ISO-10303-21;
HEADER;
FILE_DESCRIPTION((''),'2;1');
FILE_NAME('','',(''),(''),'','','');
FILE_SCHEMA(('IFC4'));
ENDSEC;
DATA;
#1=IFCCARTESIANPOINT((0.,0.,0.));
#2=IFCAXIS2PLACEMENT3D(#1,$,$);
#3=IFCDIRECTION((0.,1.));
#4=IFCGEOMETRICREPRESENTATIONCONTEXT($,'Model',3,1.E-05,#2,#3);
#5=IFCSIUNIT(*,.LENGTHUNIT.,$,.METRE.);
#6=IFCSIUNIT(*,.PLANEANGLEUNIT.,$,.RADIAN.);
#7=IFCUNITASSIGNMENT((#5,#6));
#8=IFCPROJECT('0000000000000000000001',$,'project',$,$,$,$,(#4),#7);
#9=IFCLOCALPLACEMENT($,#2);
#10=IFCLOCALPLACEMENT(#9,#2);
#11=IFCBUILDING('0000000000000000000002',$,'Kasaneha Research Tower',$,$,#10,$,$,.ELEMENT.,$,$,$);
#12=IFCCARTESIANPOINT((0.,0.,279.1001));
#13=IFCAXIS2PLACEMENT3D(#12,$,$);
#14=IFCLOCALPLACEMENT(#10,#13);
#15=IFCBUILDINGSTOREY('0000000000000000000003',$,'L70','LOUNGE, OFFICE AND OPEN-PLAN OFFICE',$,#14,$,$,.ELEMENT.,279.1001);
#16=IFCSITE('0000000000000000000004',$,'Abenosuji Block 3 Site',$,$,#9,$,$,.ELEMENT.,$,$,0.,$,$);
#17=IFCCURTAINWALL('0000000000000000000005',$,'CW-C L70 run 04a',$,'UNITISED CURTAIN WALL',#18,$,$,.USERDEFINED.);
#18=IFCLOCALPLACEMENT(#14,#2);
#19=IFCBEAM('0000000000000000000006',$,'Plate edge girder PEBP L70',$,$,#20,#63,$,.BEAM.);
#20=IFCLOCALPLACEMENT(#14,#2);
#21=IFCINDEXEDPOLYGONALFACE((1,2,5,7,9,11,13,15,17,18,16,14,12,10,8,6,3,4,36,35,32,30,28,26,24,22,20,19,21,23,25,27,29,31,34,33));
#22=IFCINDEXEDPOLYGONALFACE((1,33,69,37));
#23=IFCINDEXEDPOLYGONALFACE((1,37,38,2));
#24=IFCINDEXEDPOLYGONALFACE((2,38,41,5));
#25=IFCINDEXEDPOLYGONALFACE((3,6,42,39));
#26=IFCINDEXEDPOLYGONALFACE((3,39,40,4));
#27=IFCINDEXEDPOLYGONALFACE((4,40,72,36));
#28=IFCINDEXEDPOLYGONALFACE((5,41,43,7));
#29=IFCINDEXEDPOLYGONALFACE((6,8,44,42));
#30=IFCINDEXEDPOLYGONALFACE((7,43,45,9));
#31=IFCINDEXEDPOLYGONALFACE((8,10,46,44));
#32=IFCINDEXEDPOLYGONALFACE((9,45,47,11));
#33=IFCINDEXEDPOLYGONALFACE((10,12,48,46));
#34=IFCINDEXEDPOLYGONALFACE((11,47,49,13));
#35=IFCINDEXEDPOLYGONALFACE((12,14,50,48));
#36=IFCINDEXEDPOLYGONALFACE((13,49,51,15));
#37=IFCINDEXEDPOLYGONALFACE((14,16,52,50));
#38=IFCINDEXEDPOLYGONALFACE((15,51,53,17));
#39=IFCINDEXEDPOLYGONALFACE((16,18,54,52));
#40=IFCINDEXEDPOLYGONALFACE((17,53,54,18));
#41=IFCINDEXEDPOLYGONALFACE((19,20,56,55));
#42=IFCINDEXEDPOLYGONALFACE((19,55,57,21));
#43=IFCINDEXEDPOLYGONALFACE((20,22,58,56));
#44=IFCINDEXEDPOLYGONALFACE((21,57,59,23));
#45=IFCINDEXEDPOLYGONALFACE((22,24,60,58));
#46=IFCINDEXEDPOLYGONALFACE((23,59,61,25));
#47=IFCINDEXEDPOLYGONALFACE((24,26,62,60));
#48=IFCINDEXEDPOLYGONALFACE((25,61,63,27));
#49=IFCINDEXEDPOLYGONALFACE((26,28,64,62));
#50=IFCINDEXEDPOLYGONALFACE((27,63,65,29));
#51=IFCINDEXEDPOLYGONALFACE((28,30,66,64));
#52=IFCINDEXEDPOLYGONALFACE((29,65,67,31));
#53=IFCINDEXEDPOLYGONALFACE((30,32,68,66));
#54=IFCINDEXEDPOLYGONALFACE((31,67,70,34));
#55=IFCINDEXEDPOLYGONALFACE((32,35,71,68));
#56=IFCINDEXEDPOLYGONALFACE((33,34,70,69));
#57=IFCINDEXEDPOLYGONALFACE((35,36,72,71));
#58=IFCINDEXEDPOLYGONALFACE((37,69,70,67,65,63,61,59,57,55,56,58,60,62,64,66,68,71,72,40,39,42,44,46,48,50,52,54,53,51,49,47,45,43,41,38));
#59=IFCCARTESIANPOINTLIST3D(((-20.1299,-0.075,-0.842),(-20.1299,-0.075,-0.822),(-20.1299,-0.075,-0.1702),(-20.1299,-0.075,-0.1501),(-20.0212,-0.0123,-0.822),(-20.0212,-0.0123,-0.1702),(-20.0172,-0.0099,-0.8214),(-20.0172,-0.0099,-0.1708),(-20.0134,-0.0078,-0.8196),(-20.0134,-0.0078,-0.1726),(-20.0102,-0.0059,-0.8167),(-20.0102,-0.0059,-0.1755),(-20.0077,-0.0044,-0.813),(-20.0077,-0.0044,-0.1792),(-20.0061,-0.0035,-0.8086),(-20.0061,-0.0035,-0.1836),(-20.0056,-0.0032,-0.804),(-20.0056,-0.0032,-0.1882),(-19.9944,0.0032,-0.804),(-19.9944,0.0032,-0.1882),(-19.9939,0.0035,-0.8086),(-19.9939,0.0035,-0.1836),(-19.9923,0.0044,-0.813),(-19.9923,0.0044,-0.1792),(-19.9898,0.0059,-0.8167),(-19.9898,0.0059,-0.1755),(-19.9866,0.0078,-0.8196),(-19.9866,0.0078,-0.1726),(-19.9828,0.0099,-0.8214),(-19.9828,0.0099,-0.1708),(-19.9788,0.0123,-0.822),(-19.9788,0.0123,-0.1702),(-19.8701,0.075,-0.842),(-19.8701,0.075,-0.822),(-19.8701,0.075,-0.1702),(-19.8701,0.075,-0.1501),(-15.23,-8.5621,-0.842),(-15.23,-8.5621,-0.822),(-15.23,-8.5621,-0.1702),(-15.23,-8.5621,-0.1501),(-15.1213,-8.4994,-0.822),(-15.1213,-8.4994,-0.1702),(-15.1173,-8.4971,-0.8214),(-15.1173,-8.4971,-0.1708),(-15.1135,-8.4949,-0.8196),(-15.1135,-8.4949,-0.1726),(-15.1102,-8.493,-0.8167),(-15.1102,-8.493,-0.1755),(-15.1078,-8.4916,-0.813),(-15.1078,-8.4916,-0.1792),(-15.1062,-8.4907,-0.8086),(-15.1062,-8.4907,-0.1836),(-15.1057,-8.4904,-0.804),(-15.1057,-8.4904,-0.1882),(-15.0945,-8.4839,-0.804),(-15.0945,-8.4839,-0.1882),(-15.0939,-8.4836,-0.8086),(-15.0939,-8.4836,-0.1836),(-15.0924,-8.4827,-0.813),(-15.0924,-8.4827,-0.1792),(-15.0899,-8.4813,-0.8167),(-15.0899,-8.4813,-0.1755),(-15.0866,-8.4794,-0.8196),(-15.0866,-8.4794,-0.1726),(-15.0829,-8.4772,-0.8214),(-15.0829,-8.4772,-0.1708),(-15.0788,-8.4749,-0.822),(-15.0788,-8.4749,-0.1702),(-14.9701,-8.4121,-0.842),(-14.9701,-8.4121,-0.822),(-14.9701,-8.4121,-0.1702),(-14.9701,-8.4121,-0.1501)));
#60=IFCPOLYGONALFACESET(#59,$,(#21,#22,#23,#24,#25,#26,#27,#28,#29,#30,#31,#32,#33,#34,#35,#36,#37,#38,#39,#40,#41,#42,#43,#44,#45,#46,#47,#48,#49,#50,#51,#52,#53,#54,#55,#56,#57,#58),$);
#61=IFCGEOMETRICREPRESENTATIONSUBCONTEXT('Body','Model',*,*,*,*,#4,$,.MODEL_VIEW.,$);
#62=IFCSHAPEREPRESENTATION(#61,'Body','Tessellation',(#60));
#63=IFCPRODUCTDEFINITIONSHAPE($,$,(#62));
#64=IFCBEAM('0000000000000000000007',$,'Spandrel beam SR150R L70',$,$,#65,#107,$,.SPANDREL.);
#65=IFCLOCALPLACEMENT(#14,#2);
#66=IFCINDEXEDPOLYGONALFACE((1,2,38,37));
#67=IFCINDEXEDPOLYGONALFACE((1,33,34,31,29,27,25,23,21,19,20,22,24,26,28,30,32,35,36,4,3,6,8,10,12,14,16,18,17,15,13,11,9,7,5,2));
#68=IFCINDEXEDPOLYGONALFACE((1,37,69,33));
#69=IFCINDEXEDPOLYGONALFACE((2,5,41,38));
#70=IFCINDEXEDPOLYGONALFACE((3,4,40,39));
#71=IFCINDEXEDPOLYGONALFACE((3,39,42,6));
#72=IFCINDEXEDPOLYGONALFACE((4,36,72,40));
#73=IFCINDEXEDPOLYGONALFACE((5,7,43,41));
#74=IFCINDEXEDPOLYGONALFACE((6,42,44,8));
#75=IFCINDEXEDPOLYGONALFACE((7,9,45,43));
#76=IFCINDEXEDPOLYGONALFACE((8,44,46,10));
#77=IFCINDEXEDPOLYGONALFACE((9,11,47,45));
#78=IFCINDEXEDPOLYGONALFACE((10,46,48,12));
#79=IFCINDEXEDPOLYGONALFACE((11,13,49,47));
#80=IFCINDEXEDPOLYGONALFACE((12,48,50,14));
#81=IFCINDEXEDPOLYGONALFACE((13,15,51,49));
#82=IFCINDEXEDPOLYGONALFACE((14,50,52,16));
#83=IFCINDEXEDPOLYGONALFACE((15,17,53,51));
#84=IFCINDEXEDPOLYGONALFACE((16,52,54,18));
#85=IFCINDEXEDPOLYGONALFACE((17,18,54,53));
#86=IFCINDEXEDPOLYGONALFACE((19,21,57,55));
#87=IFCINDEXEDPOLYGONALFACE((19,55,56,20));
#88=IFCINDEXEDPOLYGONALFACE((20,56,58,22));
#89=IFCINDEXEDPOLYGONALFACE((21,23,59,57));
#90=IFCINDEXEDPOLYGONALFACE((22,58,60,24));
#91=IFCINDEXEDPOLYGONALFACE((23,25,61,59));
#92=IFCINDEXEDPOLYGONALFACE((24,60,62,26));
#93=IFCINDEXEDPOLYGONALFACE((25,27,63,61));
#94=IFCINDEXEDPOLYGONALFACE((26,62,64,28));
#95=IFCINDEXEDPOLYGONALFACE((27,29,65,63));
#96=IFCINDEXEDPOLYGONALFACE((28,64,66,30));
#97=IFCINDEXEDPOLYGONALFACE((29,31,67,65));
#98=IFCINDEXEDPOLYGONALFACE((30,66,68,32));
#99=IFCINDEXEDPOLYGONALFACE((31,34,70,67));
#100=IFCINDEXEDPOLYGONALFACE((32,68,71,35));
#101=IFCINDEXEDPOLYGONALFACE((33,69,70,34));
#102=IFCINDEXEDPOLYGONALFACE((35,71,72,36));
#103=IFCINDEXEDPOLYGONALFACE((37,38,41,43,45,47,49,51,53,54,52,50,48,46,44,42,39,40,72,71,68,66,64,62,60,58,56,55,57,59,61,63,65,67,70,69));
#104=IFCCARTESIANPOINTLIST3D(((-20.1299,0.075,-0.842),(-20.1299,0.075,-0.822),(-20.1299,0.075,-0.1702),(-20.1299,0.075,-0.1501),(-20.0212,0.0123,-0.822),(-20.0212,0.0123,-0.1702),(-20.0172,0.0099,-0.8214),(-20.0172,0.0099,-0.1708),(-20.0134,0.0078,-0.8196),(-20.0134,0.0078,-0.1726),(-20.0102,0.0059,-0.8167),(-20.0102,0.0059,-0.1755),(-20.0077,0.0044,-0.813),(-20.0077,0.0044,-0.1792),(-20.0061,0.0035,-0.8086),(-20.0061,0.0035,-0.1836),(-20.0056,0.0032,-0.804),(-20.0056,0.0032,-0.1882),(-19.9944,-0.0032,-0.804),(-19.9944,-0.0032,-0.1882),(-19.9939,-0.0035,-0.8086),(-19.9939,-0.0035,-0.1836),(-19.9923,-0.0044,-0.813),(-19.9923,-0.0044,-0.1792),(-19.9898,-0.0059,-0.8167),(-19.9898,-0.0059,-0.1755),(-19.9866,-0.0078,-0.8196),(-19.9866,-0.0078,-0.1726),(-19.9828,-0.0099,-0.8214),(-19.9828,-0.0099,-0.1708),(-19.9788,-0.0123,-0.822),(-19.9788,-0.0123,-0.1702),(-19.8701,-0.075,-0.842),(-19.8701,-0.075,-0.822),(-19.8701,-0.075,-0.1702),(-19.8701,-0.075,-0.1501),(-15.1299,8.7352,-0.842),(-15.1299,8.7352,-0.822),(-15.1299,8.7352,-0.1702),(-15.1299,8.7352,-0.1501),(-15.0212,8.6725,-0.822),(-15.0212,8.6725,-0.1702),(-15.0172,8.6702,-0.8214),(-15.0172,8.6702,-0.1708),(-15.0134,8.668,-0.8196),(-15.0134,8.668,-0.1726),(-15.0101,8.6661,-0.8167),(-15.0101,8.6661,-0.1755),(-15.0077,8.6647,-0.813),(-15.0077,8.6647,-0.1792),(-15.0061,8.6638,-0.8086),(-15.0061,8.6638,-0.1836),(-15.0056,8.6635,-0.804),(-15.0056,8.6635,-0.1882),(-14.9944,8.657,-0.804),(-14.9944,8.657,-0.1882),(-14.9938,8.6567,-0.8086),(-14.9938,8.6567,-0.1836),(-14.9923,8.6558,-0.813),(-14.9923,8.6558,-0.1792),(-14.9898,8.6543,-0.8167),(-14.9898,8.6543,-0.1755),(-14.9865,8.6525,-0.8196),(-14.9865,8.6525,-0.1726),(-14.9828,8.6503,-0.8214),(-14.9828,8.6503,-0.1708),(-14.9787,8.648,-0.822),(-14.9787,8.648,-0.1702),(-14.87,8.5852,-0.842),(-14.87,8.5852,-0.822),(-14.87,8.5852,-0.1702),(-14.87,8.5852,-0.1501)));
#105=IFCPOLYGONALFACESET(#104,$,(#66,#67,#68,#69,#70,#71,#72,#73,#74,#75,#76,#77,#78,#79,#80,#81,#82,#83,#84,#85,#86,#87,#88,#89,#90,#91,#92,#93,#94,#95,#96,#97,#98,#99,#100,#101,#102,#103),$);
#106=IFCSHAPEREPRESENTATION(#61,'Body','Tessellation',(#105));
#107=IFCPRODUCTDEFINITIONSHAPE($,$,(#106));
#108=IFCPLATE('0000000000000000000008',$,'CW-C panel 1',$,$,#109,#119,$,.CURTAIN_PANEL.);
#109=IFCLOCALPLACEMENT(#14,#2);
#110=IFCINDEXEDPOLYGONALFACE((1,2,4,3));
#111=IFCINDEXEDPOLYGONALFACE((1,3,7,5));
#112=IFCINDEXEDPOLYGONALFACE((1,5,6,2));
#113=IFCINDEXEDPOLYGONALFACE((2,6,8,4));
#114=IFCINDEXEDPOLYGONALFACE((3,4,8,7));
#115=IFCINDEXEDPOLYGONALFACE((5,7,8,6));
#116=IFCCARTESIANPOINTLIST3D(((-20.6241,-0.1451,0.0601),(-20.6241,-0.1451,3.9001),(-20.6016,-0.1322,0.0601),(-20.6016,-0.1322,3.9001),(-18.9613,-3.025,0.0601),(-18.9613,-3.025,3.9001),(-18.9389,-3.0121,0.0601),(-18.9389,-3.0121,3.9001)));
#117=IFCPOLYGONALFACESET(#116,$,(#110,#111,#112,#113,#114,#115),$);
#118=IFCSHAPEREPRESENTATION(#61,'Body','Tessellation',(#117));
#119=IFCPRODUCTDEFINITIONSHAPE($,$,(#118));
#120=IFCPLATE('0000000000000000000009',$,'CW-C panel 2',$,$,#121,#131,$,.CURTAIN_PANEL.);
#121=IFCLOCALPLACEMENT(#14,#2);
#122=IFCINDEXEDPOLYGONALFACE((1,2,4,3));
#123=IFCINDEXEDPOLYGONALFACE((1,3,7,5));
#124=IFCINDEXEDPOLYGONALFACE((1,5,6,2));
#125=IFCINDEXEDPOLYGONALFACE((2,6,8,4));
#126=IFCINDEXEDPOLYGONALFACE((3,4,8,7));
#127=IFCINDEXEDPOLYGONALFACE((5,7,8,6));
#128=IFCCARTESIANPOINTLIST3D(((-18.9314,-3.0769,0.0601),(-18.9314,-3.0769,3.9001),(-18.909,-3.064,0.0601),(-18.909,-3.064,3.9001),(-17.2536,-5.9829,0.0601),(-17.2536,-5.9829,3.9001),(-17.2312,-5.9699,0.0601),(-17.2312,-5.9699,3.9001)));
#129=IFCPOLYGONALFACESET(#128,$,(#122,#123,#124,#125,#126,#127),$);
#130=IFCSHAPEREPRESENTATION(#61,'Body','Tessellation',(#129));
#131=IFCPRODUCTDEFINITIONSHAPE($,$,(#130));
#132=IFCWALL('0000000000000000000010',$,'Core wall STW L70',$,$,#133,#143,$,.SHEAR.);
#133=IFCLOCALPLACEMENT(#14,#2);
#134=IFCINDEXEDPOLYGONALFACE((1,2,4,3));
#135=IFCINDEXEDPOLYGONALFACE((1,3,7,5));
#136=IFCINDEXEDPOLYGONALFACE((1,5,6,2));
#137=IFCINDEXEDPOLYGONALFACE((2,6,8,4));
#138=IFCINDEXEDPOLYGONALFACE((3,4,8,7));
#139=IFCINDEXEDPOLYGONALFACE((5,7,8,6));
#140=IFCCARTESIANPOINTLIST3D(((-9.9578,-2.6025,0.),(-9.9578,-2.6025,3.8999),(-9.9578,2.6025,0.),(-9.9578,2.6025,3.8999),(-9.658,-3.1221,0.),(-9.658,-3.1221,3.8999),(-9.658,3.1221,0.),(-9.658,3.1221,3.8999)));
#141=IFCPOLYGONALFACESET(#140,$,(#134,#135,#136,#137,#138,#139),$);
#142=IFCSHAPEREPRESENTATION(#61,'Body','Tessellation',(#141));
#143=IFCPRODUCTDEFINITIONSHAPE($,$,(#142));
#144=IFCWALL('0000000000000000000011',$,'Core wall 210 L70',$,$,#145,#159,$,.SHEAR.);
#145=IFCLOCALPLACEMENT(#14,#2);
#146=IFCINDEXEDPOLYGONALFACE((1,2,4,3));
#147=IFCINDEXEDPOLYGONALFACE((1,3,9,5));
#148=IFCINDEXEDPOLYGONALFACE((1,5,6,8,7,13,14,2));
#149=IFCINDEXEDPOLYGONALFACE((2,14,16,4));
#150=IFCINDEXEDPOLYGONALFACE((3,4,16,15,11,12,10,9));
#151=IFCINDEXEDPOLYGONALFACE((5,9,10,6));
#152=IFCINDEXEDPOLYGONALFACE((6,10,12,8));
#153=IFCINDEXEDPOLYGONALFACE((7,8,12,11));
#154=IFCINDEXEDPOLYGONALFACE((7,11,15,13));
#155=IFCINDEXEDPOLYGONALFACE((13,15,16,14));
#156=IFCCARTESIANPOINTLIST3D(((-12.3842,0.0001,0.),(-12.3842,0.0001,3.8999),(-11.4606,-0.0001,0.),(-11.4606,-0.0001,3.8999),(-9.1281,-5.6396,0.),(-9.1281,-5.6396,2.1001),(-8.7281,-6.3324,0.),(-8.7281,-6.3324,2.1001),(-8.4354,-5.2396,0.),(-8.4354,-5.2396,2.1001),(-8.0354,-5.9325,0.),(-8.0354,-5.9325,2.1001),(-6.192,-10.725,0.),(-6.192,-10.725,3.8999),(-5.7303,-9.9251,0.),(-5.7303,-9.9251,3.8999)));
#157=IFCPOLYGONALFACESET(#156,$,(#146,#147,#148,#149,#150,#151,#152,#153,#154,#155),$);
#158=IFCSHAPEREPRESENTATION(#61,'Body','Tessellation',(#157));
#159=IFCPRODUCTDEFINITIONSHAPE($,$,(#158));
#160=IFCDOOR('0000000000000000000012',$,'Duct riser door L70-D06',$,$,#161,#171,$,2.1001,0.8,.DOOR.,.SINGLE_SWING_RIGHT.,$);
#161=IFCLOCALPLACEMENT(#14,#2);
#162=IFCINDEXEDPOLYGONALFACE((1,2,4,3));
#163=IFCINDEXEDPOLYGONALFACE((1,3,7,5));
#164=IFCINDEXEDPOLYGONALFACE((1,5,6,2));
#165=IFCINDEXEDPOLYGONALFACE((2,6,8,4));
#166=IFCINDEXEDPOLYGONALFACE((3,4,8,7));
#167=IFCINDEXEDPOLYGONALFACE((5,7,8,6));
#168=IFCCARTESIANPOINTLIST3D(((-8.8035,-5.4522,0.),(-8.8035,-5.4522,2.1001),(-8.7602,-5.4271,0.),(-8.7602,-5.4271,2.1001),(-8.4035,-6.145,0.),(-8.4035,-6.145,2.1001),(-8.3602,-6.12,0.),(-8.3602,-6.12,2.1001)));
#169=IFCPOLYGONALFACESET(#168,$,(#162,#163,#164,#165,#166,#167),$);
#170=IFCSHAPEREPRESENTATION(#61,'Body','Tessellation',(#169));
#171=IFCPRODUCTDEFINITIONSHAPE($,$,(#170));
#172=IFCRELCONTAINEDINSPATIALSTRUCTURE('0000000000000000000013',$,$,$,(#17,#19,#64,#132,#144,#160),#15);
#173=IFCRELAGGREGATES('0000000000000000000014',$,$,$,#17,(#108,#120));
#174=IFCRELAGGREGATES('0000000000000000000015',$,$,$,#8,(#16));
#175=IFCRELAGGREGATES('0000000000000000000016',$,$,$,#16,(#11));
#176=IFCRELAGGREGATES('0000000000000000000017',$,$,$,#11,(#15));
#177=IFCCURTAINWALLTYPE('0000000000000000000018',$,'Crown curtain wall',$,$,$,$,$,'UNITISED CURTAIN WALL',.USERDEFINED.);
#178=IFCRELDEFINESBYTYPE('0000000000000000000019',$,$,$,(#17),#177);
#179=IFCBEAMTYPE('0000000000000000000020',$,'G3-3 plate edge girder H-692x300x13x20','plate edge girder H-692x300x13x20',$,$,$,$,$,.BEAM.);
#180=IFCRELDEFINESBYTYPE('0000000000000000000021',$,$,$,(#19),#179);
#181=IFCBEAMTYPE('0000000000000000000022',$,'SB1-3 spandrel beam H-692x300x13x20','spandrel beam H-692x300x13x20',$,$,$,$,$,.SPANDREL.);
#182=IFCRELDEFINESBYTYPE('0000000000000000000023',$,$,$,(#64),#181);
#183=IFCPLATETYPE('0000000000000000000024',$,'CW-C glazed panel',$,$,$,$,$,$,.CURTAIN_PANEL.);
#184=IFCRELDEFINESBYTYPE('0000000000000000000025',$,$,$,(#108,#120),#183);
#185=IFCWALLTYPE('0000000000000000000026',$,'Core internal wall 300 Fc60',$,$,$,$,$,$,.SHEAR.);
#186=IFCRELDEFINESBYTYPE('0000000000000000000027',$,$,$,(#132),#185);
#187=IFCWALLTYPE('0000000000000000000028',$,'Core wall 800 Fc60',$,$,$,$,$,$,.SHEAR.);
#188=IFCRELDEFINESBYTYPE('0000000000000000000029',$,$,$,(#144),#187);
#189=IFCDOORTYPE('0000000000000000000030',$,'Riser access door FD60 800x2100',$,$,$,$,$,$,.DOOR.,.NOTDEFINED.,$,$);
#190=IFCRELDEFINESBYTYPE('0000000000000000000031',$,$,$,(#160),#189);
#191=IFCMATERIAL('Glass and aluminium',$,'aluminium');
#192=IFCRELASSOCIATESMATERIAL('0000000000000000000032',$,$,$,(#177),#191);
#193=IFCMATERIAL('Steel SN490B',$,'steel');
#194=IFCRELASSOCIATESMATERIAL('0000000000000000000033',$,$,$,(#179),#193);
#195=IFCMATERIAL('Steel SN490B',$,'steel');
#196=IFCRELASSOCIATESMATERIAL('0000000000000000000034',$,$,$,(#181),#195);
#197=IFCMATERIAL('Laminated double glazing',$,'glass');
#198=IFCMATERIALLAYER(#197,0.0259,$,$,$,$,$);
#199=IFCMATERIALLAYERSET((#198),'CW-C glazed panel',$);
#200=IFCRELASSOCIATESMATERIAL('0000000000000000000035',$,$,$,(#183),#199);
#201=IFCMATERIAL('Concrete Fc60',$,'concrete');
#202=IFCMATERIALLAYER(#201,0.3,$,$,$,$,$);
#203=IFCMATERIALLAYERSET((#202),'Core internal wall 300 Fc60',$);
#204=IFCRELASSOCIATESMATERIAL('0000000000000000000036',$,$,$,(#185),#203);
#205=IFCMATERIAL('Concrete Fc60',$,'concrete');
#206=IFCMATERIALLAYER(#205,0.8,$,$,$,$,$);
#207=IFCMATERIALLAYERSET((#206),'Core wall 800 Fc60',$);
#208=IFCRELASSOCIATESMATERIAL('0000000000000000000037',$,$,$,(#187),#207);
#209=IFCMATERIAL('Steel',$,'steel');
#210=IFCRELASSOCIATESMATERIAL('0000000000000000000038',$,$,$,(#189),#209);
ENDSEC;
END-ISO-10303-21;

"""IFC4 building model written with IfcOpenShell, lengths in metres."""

from ifc_helpers import new_model, si_unit, direction, frame, frame_2d, origin, origin_2d, place, context, subcontext, project, spatial, polyline, rectangle, i_section, outline, extrude, material, layer, layer_set, material_profile, profile_set, type_object, element, fill, aggregate, save


model = new_model("IFC4")

# Units and contexts
model_context = context("Model", 3, precision=1e-05, world=origin(), true_north=direction((0.0, 1.0)))
body_context = subcontext(model_context, "Body", "Model", "MODEL_VIEW")
ifc_project = project(units=[si_unit("LENGTHUNIT", "METRE"), si_unit("PLANEANGLEUNIT", "RADIAN")], contexts=[model_context])

# Site, building, storey
site_placement = place(None, origin())
site = spatial("IfcSite", under=ifc_project, at=site_placement, Name="Abenosuji Block 3 Site", CompositionType="ELEMENT", RefElevation=0.0)
building_placement = place(site_placement, origin())
building = spatial("IfcBuilding", under=site, at=building_placement, Name="Kasaneha Research Tower", CompositionType="ELEMENT")
storey_placement = place(building_placement, frame((0.0, 0.0, 279.1001)))
storey = spatial("IfcBuildingStorey", under=building, at=storey_placement, Name="L70", Description="LOUNGE, OFFICE AND OPEN-PLAN OFFICE", CompositionType="ELEMENT", Elevation=279.1001)

# Curtain wall
ifc_material_1 = material(Name="Glass and aluminium", Category="aluminium")
curtain_wall_type = type_object("IfcCurtainWallType", Name="Crown curtain wall", ElementType="UNITISED CURTAIN WALL", PredefinedType="USERDEFINED", material=ifc_material_1)
curtain_wall_placement = place(storey_placement, origin())
curtain_wall = element("IfcCurtainWall", 1, at=curtain_wall_placement, inside=storey, type_object=curtain_wall_type, Name="CW-C L70 run 04a", ObjectType="UNITISED CURTAIN WALL", PredefinedType="USERDEFINED")

# Beams
ifc_material_2 = material(Name="Steel SN490B", Category="steel")
ifc_material_profile_1 = material_profile(ifc_material_2, i_section(OverallWidth=0.3, OverallDepth=0.6919, WebThickness=0.0129, FlangeThickness=0.02, FilletRadius=0.0181, at=origin_2d()), Name="H-692x300x13x20")
ifc_profile_set_1 = profile_set([ifc_material_profile_1], Name="Steel SN490B")
beam_type_1 = type_object("IfcBeamType", Name="G3-3 plate edge girder H-692x300x13x20", Description="plate edge girder H-692x300x13x20", PredefinedType="BEAM", material=ifc_profile_set_1)
beam_1_placement = place(storey_placement, frame((-20.0, 0.0, -0.4961), z_axis=(0.499992, -0.86603, 0.0), x_axis=(0.86603, 0.499992, 0.0)))
element("IfcBeam", 2, at=beam_1_placement, inside=storey, type_object=beam_type_1, Name="Plate edge girder PEBP L70", PredefinedType="BEAM", context=body_context, shape_type="SweptSolid", body=[
    extrude(i_section(OverallWidth=0.3, OverallDepth=0.6919, WebThickness=0.0129, FlangeThickness=0.02, FilletRadius=0.0181, at=origin_2d()), origin(), (0.0, 0.0, 1.0), 9.8),
])
ifc_material_3 = material(Name="Steel SN490B", Category="steel")
ifc_material_profile_2 = material_profile(ifc_material_3, i_section(OverallWidth=0.3, OverallDepth=0.6919, WebThickness=0.0129, FlangeThickness=0.02, FilletRadius=0.0181, at=origin_2d()), Name="H-692x300x13x20")
ifc_profile_set_2 = profile_set([ifc_material_profile_2], Name="Steel SN490B")
beam_type_2 = type_object("IfcBeamType", Name="SB1-3 spandrel beam H-692x300x13x20", Description="spandrel beam H-692x300x13x20", PredefinedType="SPANDREL", material=ifc_profile_set_2)
beam_2_placement = place(storey_placement, frame((-20.0, 0.0, -0.4961), z_axis=(0.500004, 0.866023, 0.0), x_axis=(-0.866023, 0.500004, 0.0)))
element("IfcBeam", 3, at=beam_2_placement, inside=storey, type_object=beam_type_2, Name="Spandrel beam SR150R L70", PredefinedType="SPANDREL", context=body_context, shape_type="SweptSolid", body=[
    extrude(i_section(OverallWidth=0.3, OverallDepth=0.6919, WebThickness=0.0129, FlangeThickness=0.02, FilletRadius=0.0181, at=origin_2d()), origin(), (0.0, 0.0, 1.0), 10.0),
])

# Plates
ifc_material_4 = material(Name="Laminated double glazing", Category="glass")
ifc_layer_1 = layer(ifc_material_4, 0.0259)
ifc_layer_set_1 = layer_set([ifc_layer_1], Name="CW-C glazed panel")
plate_type = type_object("IfcPlateType", Name="CW-C glazed panel", PredefinedType="CURTAIN_PANEL", material=ifc_layer_set_1)
plate_1_placement = place(storey_placement, frame((-19.7815, -1.5786, 0.0601), z_axis=(0.0, 0.0, 1.0), x_axis=(0.5, -0.866025, 0.0)))
plate_1 = element("IfcPlate", 4, at=plate_1_placement, type_object=plate_type, Name="CW-C panel 1", PredefinedType="CURTAIN_PANEL", context=body_context, shape_type="SweptSolid", body=[
    extrude(rectangle(XDim=3.3254, YDim=0.0259, at=origin_2d()), origin(), (0.0, 0.0, 1.0), 3.8401),
])
plate_2_placement = place(storey_placement, frame((-18.0813, -4.5234, 0.0601), z_axis=(0.0, 0.0, 1.0), x_axis=(0.5, -0.866025, 0.0)))
plate_2 = element("IfcPlate", 5, at=plate_2_placement, type_object=plate_type, Name="CW-C panel 2", PredefinedType="CURTAIN_PANEL", context=body_context, shape_type="SweptSolid", body=[
    extrude(rectangle(XDim=3.3555, YDim=0.0259, at=origin_2d()), origin(), (0.0, 0.0, 1.0), 3.8401),
])
aggregate(curtain_wall, [plate_1, plate_2])

# Shared definitions
ifc_material_5 = material(Name="Concrete Fc60", Category="concrete")
ifc_layer_2 = layer(ifc_material_5, 0.3)
ifc_layer_set_2 = layer_set([ifc_layer_2], Name="Core internal wall 300 Fc60")
wall_type_1 = type_object("IfcWallType", Name="Core internal wall 300 Fc60", PredefinedType="SHEAR", material=ifc_layer_set_2)

# Wall
wall_1_placement = place(storey_placement, frame((-9.8079, -2.8623, 0.0), z_axis=(0.0, 0.0, 1.0), x_axis=(0.0, 1.0, 0.0)))
element("IfcWall", 6, at=wall_1_placement, inside=storey, type_object=wall_type_1, Name="Core wall STW L70", PredefinedType="SHEAR", context=body_context, shape_type="SweptSolid", body=[
    extrude(outline(polyline([(-0.2598, -0.1499), (5.9844, -0.1499), (5.4648, 0.1499), (0.2598, 0.1499), (-0.2598, -0.1499)])), origin(), (0.0, 0.0, 1.0), 3.8999),
])

# Wall, opening, door
ifc_material_6 = material(Name="Concrete Fc60", Category="concrete")
ifc_layer_3 = layer(ifc_material_6, 0.8)
ifc_layer_set_3 = layer_set([ifc_layer_3], Name="Core wall 800 Fc60")
wall_type_2 = type_object("IfcWallType", Name="Core wall 800 Fc60", PredefinedType="SHEAR", material=ifc_layer_set_3)
wall_2_placement = place(storey_placement, frame((-11.9224, 0.0, 0.0), z_axis=(0.0, 0.0, 1.0), x_axis=(0.500004, -0.866023, 0.0)))
wall_2 = element("IfcWall", 7, at=wall_2_placement, inside=storey, type_object=wall_type_2, Name="Core wall 210 L70", PredefinedType="SHEAR", context=body_context, shape_type="SweptSolid", body=[
    extrude(outline(polyline([(-0.231, -0.3999), (6.2812, -0.3999), (7.0813, -0.3999), (12.1533, -0.3999), (11.6914, 0.3999), (7.0813, 0.3999), (6.2812, 0.3999), (0.231, 0.3999), (-0.231, -0.3999)])), origin(), (0.0, 0.0, 1.0), 3.8999),
])
opening_1_placement = place(wall_2_placement, frame((6.2812, 0.0, 0.0)))
opening_1 = element("IfcOpeningElement", 8, at=opening_1_placement, cuts=wall_2, PredefinedType="OPENING", context=body_context, shape_type="SweptSolid", body=[
    extrude(rectangle(XDim=0.8, YDim=2.1001, at=frame_2d((0.3999, 1.05))), frame((0.0, 0.4102, 0.0), z_axis=(0.0, -1.0, 0.0), x_axis=(1.0, 0.0, 0.0)), (0.0, 0.0, 1.0), 0.8201),
])
ifc_material_7 = material(Name="Steel", Category="steel")
door_type_1 = type_object("IfcDoorType", Name="Riser access door FD60 800x2100", OperationType="NOTDEFINED", PredefinedType="DOOR", material=ifc_material_7)
door_1_placement = place(opening_1_placement, origin())
door_1 = element("IfcDoor", 9, at=door_1_placement, inside=storey, type_object=door_type_1, Name="Duct riser door L70-D06", OperationType="SINGLE_SWING_RIGHT", OverallHeight=2.1001, OverallWidth=0.8, PredefinedType="DOOR", context=body_context, shape_type="SweptSolid", body=[
    extrude(rectangle(XDim=0.8, YDim=2.1001, at=frame_2d((0.3999, 1.05))), frame((0.0, 0.0249, 0.0), z_axis=(0.0, -1.0, 0.0), x_axis=(1.0, 0.0, 0.0)), (0.0, 0.0, 1.0), 0.05),
])
fill(opening_1, door_1)

save(model, "model.ifc")
